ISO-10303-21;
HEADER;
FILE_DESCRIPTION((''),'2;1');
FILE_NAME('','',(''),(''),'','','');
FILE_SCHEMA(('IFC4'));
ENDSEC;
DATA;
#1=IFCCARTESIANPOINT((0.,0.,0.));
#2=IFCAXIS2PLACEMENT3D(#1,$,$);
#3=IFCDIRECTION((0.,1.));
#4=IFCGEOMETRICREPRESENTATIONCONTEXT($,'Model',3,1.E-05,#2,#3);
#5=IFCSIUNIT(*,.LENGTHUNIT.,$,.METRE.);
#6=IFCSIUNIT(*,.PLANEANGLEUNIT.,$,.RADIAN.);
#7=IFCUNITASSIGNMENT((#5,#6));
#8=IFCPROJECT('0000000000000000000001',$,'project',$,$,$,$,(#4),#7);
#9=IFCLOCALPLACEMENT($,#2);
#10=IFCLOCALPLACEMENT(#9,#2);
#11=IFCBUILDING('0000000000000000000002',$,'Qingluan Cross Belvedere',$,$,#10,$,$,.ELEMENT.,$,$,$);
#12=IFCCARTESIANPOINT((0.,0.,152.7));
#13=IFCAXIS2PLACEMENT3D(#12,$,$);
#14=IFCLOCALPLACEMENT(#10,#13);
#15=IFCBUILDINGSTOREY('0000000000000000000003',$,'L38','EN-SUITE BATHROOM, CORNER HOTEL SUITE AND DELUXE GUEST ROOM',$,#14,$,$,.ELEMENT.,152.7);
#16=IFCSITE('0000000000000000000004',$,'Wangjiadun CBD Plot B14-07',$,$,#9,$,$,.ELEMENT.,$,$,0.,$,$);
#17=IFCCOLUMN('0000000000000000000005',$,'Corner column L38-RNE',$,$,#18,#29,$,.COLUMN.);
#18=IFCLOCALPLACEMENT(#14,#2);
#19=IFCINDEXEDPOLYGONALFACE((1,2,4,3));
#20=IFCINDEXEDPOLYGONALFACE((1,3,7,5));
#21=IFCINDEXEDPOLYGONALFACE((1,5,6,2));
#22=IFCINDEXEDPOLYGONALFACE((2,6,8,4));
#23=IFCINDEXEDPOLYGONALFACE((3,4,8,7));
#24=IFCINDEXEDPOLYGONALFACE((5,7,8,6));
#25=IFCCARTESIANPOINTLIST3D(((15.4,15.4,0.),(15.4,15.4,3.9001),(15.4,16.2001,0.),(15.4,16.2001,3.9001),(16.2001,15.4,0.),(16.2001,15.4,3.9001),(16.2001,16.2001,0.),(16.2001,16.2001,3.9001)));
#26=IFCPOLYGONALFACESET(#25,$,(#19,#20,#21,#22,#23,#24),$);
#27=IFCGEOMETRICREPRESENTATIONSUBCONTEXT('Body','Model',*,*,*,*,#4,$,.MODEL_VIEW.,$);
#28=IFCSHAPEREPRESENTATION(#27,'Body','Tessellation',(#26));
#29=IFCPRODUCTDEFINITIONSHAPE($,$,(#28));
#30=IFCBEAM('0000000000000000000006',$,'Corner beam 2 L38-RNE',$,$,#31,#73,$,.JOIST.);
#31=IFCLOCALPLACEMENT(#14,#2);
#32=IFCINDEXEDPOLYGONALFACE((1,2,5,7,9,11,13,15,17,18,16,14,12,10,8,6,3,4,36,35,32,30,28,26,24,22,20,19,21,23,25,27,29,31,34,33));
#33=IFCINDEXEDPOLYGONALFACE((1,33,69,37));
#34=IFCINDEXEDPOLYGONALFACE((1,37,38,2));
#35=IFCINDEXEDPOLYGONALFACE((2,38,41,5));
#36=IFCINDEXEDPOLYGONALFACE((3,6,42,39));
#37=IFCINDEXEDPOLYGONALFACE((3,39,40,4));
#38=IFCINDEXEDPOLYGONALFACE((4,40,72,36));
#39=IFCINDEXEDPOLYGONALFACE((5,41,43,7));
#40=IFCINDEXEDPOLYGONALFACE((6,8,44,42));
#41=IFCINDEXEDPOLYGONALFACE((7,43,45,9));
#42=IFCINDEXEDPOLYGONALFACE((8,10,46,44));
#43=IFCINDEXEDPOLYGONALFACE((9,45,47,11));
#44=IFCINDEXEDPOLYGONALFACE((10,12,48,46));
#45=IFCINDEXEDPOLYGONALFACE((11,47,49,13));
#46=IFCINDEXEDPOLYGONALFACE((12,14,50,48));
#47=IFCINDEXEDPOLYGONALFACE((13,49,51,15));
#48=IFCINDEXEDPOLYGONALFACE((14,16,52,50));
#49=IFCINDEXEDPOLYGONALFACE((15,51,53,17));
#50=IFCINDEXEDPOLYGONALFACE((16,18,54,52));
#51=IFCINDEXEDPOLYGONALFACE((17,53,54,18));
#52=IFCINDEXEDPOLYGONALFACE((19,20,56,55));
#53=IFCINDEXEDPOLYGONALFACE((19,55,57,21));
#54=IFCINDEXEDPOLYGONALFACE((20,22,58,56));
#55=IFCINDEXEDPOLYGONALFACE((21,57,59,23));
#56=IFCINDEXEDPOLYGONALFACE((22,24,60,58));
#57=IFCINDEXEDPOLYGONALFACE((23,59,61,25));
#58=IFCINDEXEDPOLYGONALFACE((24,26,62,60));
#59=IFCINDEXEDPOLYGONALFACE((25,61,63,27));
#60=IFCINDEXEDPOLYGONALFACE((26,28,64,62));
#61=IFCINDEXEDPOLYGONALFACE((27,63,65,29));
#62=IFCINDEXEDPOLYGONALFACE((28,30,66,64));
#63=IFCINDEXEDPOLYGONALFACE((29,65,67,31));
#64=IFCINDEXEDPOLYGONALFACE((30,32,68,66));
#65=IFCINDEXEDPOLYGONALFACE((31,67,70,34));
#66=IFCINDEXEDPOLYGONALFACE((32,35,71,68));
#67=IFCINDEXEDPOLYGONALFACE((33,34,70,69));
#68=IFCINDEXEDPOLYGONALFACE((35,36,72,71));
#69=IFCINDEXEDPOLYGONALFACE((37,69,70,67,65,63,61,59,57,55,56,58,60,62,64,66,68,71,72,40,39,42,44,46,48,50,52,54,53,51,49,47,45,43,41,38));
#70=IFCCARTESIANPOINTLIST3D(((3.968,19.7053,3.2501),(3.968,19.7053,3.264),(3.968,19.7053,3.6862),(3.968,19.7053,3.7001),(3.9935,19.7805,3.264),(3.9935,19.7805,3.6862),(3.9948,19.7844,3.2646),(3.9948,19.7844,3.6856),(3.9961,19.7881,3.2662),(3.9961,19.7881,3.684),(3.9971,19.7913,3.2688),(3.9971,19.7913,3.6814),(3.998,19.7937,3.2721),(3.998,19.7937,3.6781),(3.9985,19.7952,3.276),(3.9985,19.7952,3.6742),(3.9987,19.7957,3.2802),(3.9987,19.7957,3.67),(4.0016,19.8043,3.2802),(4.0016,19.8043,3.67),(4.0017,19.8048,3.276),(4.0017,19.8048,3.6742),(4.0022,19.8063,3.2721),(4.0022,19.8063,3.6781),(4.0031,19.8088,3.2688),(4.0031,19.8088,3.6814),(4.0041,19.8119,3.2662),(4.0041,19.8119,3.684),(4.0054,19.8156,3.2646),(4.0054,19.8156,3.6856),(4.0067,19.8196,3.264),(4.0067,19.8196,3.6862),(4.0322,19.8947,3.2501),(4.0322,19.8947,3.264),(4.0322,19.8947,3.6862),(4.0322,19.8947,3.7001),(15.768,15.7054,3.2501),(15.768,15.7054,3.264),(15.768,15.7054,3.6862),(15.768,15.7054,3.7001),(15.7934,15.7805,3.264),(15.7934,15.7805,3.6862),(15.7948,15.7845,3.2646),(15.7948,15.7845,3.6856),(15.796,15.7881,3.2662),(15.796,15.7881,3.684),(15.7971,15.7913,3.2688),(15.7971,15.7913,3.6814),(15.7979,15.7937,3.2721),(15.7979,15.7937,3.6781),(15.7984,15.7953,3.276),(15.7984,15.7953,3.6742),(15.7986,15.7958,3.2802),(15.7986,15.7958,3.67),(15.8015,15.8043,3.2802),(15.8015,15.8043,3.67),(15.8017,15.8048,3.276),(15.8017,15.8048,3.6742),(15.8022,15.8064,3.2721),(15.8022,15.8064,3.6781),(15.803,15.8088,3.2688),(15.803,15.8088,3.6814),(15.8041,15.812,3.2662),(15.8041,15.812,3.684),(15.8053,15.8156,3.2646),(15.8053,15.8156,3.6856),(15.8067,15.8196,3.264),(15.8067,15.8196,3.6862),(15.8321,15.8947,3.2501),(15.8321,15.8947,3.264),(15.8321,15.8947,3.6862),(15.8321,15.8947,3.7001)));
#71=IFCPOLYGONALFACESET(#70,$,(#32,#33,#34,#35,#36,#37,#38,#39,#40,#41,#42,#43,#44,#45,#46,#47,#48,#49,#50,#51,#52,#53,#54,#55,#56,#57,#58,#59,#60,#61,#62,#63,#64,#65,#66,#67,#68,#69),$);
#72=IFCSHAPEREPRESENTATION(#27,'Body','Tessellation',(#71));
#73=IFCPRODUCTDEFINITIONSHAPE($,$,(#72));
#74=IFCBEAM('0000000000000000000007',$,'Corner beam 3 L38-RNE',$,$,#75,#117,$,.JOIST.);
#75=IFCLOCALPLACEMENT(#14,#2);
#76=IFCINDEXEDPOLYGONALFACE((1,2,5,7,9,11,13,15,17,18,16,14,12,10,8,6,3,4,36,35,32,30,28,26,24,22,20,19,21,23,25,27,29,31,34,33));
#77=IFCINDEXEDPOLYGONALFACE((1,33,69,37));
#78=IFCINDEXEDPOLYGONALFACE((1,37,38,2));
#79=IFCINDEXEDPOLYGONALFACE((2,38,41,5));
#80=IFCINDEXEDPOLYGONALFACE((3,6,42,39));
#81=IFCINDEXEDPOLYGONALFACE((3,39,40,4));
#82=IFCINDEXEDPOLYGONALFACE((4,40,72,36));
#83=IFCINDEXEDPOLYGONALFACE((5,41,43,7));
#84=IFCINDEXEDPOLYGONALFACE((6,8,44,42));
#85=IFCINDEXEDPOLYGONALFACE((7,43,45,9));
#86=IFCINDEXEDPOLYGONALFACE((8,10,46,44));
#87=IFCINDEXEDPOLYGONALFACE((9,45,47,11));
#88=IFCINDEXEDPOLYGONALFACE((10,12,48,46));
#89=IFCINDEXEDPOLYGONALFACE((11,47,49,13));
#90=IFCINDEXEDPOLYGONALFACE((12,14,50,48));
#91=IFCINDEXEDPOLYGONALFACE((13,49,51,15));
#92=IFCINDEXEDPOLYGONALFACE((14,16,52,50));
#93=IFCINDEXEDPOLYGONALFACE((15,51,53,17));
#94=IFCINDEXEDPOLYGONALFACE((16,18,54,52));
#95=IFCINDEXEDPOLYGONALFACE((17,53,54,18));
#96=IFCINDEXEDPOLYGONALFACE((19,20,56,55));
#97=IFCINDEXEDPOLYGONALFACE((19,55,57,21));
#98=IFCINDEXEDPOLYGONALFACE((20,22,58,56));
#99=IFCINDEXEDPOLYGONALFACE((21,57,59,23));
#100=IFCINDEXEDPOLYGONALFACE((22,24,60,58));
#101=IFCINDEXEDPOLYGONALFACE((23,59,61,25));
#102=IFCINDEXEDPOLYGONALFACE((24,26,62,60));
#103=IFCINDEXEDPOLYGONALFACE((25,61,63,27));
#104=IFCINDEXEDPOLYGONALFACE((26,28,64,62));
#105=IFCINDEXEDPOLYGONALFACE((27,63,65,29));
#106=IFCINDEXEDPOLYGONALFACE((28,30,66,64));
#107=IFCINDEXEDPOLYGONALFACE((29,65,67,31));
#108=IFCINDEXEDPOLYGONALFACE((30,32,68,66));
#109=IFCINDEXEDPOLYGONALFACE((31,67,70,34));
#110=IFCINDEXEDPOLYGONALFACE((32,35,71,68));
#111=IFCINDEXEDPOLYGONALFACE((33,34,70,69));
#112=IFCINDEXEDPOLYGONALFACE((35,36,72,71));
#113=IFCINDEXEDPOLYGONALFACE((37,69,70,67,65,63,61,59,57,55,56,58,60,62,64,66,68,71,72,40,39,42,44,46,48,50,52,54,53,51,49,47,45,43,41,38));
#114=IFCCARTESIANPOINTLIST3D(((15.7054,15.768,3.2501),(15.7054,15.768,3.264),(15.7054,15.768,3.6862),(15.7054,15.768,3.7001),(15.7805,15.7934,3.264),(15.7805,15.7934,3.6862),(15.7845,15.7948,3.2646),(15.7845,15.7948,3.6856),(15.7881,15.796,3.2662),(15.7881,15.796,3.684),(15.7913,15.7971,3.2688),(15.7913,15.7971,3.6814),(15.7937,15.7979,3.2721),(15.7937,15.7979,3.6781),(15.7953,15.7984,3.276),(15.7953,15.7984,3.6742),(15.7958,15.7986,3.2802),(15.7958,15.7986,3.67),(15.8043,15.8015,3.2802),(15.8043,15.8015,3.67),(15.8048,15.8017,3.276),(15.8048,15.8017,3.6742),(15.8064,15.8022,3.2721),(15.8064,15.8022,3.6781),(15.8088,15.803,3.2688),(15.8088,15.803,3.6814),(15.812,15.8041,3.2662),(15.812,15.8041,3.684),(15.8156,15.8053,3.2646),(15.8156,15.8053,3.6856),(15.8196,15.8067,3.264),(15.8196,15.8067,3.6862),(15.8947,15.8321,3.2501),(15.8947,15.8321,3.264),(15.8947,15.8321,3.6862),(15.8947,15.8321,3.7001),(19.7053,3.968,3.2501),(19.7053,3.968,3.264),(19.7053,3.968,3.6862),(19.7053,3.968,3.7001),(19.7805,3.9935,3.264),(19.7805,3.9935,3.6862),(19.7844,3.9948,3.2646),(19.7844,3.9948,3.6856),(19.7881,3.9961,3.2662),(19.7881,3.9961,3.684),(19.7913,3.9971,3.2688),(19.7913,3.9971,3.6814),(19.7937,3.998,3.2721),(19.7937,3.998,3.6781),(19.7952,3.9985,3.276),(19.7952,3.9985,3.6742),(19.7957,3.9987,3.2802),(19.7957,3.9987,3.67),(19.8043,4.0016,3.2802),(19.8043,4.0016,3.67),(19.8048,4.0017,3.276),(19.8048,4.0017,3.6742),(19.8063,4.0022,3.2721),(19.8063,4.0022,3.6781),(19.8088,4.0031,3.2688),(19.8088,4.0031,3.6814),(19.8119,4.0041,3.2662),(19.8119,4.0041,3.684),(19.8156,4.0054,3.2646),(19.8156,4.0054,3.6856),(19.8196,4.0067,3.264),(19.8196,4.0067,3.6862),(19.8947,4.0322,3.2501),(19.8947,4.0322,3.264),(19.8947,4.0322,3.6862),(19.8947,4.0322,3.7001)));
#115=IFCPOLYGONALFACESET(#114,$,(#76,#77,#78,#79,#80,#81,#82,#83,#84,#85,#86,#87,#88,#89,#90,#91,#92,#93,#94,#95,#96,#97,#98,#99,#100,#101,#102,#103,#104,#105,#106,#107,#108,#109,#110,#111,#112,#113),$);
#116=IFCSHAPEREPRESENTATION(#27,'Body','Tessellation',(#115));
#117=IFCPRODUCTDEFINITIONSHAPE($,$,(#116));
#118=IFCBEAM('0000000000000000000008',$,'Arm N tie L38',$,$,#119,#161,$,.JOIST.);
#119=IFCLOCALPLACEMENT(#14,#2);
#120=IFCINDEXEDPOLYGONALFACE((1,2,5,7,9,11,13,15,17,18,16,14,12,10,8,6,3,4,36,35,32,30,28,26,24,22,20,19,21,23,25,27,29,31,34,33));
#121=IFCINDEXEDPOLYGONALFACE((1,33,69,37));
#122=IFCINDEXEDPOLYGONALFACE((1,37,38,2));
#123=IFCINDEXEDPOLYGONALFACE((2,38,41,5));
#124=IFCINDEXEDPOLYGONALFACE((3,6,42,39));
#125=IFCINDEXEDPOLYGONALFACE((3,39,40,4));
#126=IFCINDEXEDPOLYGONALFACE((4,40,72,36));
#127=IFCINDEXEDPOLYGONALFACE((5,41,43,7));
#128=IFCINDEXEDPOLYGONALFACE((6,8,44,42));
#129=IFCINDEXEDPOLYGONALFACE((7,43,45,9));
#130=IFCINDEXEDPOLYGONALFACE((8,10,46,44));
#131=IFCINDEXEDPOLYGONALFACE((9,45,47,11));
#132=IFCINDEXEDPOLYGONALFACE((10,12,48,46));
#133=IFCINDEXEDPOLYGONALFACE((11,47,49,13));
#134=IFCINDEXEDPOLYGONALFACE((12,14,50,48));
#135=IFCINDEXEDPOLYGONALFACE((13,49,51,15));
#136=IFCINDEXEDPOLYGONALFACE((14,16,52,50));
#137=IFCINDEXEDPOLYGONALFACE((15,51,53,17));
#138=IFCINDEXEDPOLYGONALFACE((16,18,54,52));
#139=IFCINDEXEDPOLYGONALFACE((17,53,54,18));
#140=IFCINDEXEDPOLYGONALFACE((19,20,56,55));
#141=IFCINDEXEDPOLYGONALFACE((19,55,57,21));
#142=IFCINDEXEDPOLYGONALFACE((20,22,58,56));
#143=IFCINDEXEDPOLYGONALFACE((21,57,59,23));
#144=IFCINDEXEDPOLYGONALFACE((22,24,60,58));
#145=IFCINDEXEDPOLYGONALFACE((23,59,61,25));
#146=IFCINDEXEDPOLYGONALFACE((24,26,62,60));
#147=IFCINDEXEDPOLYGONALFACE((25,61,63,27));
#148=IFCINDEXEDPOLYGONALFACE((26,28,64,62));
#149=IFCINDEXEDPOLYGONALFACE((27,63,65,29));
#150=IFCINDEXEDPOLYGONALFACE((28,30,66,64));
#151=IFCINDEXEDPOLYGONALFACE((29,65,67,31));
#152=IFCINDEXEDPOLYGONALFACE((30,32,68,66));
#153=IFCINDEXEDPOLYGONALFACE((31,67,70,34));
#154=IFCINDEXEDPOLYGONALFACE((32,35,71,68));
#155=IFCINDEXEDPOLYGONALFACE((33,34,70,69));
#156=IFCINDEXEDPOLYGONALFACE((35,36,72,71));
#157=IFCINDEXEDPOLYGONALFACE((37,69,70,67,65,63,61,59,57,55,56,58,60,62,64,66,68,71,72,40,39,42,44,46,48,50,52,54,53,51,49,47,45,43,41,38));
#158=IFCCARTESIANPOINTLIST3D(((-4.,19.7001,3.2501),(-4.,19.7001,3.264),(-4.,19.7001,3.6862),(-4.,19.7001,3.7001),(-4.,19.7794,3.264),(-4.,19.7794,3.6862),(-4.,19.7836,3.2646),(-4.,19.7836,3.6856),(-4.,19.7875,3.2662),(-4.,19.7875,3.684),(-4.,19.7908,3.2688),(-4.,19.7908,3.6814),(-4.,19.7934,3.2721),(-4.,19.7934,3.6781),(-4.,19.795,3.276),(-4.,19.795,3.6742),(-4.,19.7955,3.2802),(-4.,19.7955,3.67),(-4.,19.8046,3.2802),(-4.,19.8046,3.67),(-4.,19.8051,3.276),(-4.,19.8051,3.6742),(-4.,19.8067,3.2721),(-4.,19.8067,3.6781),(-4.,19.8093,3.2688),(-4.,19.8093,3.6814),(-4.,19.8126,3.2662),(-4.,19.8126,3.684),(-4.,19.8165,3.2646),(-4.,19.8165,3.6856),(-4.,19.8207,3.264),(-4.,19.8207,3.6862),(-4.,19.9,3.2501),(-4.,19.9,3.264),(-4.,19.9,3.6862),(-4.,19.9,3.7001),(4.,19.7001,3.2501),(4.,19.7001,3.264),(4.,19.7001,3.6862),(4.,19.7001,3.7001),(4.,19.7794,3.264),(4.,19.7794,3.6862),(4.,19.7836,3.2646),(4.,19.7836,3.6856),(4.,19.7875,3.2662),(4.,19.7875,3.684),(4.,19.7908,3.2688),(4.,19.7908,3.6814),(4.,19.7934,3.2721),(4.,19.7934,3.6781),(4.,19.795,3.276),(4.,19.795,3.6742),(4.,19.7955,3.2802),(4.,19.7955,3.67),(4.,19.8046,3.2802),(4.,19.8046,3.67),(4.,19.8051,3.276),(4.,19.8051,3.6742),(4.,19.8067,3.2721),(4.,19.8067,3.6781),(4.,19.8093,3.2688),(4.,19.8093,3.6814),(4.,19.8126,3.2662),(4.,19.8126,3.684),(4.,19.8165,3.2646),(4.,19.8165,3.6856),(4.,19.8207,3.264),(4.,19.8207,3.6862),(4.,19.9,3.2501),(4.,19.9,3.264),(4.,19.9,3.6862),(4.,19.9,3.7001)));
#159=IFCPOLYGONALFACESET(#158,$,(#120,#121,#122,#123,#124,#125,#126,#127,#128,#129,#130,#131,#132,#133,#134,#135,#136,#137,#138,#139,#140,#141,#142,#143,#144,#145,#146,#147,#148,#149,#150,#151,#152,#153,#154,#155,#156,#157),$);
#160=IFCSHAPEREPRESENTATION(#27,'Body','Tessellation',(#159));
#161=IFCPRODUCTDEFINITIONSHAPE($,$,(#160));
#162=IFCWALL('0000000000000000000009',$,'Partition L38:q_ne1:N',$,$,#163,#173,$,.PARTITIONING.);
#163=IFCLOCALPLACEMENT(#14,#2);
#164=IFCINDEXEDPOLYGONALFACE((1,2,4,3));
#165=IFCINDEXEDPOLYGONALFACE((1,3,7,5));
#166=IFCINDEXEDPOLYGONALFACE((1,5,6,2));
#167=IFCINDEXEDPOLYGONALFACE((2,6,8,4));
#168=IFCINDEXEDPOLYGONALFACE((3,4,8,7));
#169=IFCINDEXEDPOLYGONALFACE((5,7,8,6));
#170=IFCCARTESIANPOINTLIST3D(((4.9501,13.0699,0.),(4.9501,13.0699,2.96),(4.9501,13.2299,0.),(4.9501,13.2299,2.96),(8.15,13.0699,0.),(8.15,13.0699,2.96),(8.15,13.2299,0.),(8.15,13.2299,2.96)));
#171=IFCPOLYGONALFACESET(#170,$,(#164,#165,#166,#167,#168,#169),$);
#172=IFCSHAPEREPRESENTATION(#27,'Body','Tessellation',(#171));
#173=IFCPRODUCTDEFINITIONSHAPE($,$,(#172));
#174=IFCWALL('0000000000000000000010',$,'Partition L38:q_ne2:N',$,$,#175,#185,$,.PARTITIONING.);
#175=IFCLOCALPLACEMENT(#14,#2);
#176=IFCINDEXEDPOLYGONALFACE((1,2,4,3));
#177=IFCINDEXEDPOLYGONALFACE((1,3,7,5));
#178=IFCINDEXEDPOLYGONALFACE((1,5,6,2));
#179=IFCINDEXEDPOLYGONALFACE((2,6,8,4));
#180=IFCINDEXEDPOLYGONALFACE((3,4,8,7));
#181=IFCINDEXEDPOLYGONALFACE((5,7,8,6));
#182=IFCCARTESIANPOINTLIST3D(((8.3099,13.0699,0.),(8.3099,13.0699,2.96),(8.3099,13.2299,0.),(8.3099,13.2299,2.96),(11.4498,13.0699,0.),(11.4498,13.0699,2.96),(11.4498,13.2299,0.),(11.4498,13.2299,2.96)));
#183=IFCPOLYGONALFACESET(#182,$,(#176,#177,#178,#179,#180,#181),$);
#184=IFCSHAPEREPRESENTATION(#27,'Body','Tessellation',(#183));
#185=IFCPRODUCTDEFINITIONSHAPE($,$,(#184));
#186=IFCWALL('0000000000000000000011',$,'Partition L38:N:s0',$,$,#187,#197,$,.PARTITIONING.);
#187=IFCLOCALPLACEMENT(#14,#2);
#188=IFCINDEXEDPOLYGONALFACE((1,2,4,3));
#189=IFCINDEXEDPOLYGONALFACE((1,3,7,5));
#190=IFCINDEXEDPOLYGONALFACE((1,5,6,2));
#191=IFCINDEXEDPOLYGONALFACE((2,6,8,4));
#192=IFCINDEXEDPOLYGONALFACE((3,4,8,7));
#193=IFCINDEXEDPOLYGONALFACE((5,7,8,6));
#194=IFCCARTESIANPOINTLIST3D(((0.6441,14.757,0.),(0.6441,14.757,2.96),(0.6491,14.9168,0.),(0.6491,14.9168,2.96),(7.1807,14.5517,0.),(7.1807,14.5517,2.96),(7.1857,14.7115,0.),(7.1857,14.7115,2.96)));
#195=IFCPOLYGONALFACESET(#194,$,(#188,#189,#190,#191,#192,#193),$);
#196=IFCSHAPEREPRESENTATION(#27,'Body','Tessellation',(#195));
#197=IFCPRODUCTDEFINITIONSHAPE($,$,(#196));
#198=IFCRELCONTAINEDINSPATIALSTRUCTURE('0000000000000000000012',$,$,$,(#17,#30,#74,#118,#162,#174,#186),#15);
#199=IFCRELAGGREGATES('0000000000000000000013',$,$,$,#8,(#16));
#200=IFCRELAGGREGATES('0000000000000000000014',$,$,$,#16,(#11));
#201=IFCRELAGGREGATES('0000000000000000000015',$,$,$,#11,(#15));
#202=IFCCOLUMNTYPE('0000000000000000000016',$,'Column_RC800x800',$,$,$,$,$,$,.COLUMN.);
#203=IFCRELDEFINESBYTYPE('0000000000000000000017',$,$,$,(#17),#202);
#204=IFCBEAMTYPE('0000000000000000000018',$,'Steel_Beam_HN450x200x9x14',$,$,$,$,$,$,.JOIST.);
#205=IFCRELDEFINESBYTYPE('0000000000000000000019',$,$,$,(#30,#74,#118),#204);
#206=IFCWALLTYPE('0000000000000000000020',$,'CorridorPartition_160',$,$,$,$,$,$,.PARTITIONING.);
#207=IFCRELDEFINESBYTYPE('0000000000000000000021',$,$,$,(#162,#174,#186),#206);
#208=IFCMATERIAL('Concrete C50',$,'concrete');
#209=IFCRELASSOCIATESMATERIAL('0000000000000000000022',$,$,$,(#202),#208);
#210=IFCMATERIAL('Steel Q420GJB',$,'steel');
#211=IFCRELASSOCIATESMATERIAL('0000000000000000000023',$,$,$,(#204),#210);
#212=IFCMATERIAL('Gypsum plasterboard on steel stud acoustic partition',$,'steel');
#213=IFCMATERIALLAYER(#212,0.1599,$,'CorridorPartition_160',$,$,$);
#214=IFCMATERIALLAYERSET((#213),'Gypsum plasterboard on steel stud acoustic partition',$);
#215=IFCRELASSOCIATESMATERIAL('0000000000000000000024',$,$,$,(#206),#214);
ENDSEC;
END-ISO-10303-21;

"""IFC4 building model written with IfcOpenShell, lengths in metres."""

from ifc_helpers import new_model, si_unit, direction, frame, frame_2d, origin, origin_2d, place, context, subcontext, project, spatial, rectangle, i_section, extrude, material, layer, layer_set, material_profile, profile_set, type_object, element, save


model = new_model("IFC4")

# Units and contexts
model_context = context("Model", 3, precision=1e-05, world=origin(), true_north=direction((0.0, 1.0)))
body_context = subcontext(model_context, "Body", "Model", "MODEL_VIEW")
ifc_project = project(units=[si_unit("LENGTHUNIT", "METRE"), si_unit("PLANEANGLEUNIT", "RADIAN")], contexts=[model_context])

# Site, building, storey
site_placement = place(None, origin())
site = spatial("IfcSite", under=ifc_project, at=site_placement, Name="Wangjiadun CBD Plot B14-07", CompositionType="ELEMENT", RefElevation=0.0)
building_placement = place(site_placement, origin())
building = spatial("IfcBuilding", under=site, at=building_placement, Name="Qingluan Cross Belvedere", CompositionType="ELEMENT")
storey_placement = place(building_placement, frame((0.0, 0.0, 152.7)))
storey = spatial("IfcBuildingStorey", under=building, at=storey_placement, Name="L38", Description="EN-SUITE BATHROOM, CORNER HOTEL SUITE AND DELUXE GUEST ROOM", CompositionType="ELEMENT", Elevation=152.7)

# Column
ifc_material_1 = material(Name="Concrete C50", Category="concrete")
ifc_material_profile_1 = material_profile(ifc_material_1, rectangle(XDim=0.8, YDim=0.8, at=origin_2d()), Name="RC800x800")
ifc_profile_set_1 = profile_set([ifc_material_profile_1], Name="Concrete C50")
column_type = type_object("IfcColumnType", Name="Column_RC800x800", PredefinedType="COLUMN", material=ifc_profile_set_1)
column_placement = place(storey_placement, frame((15.8, 15.8, 0.0), z_axis=(0.0, 0.0, 1.0), x_axis=(1.0, 0.0, 0.0)))
element("IfcColumn", 1, at=column_placement, inside=storey, type_object=column_type, Name="Corner column L38-RNE", PredefinedType="COLUMN", context=body_context, shape_type="SweptSolid", body=[
    extrude(rectangle(XDim=0.8, YDim=0.8, at=origin_2d()), origin(), (0.0, 0.0, 1.0), 3.9001),
])

# Beams
ifc_material_2 = material(Name="Steel Q420GJB", Category="steel")
ifc_material_profile_2 = material_profile(ifc_material_2, i_section(OverallWidth=0.2, OverallDepth=0.45, WebThickness=0.009, FlangeThickness=0.0139, FilletRadius=0.0161, at=origin_2d()), Name="HN450x200x9x14")
ifc_profile_set_2 = profile_set([ifc_material_profile_2], Name="Steel Q420GJB")
beam_type = type_object("IfcBeamType", Name="Steel_Beam_HN450x200x9x14", PredefinedType="JOIST", material=ifc_profile_set_2)
for number, where, z_axis, x_axis, name in (
    (2, (15.8, 15.8, 3.4751), (-0.947066, 0.321038, 0.0), (-0.321038, -0.947066, 0.0), "Corner beam 2 L38-RNE"),
    (3, (15.8, 15.8, 3.4751), (0.321038, -0.947066, 0.0), (0.947066, 0.321038, 0.0), "Corner beam 3 L38-RNE"),
):
    element("IfcBeam", number, at=place(storey_placement, frame(where, z_axis=z_axis, x_axis=x_axis)), inside=storey, type_object=beam_type, Name=name, PredefinedType="JOIST", context=body_context, shape_type="SweptSolid", body=[
        extrude(i_section(OverallWidth=0.2, OverallDepth=0.45, WebThickness=0.009, FlangeThickness=0.0139, FilletRadius=0.0161, at=origin_2d()), origin(), (0.0, 0.0, 1.0), 12.4595),
    ])
beam_placement = place(storey_placement, frame((-4.0, 19.8, 3.4751), z_axis=(1.0, 0.0, 0.0), x_axis=(0.0, 1.0, 0.0)))
element("IfcBeam", 4, at=beam_placement, inside=storey, type_object=beam_type, Name="Arm N tie L38", PredefinedType="JOIST", context=body_context, shape_type="SweptSolid", body=[
    extrude(i_section(OverallWidth=0.2, OverallDepth=0.45, WebThickness=0.009, FlangeThickness=0.0139, FilletRadius=0.0161, at=origin_2d()), origin(), (0.0, 0.0, 1.0), 8.0),
])

# Walls
ifc_material_3 = material(Name="Gypsum plasterboard on steel stud acoustic partition", Category="steel")
ifc_layer_1 = layer(ifc_material_3, 0.1599, Name="CorridorPartition_160")
ifc_layer_set_1 = layer_set([ifc_layer_1], Name="Gypsum plasterboard on steel stud acoustic partition")
wall_type_1 = type_object("IfcWallType", Name="CorridorPartition_160", PredefinedType="PARTITIONING", material=ifc_layer_set_1)
wall_1_placement = place(storey_placement, frame((4.95, 13.1499, 0.0), z_axis=(0.0, 0.0, 1.0), x_axis=(1.0, 0.0, 0.0)))
element("IfcWall", 5, at=wall_1_placement, inside=storey, type_object=wall_type_1, Name="Partition L38:q_ne1:N", PredefinedType="PARTITIONING", context=body_context, shape_type="SweptSolid", body=[
    extrude(rectangle(XDim=3.2, YDim=0.1599, at=frame_2d((1.6001, 0.0))), origin(), (0.0, 0.0, 1.0), 2.96),
])
wall_2_placement = place(storey_placement, frame((8.3101, 13.1499, 0.0), z_axis=(0.0, 0.0, 1.0), x_axis=(1.0, 0.0, 0.0)))
element("IfcWall", 6, at=wall_2_placement, inside=storey, type_object=wall_type_1, Name="Partition L38:q_ne2:N", PredefinedType="PARTITIONING", context=body_context, shape_type="SweptSolid", body=[
    extrude(rectangle(XDim=3.1399, YDim=0.1599, at=frame_2d((1.5698, 0.0))), origin(), (0.0, 0.0, 1.0), 2.96),
])

# Wall
wall_3_placement = place(storey_placement, frame((0.6465, 14.8369, 0.0), z_axis=(0.0, 0.0, 1.0), x_axis=(0.999507, -0.031396, 0.0)))
element("IfcWall", 7, at=wall_3_placement, inside=storey, type_object=wall_type_1, Name="Partition L38:N:s0", PredefinedType="PARTITIONING", context=body_context, shape_type="SweptSolid", body=[
    extrude(rectangle(XDim=6.5398, YDim=0.1599, at=frame_2d((3.27, 0.0))), origin(), (0.0, 0.0, 1.0), 2.96),
])

save(model, "model.ifc")
